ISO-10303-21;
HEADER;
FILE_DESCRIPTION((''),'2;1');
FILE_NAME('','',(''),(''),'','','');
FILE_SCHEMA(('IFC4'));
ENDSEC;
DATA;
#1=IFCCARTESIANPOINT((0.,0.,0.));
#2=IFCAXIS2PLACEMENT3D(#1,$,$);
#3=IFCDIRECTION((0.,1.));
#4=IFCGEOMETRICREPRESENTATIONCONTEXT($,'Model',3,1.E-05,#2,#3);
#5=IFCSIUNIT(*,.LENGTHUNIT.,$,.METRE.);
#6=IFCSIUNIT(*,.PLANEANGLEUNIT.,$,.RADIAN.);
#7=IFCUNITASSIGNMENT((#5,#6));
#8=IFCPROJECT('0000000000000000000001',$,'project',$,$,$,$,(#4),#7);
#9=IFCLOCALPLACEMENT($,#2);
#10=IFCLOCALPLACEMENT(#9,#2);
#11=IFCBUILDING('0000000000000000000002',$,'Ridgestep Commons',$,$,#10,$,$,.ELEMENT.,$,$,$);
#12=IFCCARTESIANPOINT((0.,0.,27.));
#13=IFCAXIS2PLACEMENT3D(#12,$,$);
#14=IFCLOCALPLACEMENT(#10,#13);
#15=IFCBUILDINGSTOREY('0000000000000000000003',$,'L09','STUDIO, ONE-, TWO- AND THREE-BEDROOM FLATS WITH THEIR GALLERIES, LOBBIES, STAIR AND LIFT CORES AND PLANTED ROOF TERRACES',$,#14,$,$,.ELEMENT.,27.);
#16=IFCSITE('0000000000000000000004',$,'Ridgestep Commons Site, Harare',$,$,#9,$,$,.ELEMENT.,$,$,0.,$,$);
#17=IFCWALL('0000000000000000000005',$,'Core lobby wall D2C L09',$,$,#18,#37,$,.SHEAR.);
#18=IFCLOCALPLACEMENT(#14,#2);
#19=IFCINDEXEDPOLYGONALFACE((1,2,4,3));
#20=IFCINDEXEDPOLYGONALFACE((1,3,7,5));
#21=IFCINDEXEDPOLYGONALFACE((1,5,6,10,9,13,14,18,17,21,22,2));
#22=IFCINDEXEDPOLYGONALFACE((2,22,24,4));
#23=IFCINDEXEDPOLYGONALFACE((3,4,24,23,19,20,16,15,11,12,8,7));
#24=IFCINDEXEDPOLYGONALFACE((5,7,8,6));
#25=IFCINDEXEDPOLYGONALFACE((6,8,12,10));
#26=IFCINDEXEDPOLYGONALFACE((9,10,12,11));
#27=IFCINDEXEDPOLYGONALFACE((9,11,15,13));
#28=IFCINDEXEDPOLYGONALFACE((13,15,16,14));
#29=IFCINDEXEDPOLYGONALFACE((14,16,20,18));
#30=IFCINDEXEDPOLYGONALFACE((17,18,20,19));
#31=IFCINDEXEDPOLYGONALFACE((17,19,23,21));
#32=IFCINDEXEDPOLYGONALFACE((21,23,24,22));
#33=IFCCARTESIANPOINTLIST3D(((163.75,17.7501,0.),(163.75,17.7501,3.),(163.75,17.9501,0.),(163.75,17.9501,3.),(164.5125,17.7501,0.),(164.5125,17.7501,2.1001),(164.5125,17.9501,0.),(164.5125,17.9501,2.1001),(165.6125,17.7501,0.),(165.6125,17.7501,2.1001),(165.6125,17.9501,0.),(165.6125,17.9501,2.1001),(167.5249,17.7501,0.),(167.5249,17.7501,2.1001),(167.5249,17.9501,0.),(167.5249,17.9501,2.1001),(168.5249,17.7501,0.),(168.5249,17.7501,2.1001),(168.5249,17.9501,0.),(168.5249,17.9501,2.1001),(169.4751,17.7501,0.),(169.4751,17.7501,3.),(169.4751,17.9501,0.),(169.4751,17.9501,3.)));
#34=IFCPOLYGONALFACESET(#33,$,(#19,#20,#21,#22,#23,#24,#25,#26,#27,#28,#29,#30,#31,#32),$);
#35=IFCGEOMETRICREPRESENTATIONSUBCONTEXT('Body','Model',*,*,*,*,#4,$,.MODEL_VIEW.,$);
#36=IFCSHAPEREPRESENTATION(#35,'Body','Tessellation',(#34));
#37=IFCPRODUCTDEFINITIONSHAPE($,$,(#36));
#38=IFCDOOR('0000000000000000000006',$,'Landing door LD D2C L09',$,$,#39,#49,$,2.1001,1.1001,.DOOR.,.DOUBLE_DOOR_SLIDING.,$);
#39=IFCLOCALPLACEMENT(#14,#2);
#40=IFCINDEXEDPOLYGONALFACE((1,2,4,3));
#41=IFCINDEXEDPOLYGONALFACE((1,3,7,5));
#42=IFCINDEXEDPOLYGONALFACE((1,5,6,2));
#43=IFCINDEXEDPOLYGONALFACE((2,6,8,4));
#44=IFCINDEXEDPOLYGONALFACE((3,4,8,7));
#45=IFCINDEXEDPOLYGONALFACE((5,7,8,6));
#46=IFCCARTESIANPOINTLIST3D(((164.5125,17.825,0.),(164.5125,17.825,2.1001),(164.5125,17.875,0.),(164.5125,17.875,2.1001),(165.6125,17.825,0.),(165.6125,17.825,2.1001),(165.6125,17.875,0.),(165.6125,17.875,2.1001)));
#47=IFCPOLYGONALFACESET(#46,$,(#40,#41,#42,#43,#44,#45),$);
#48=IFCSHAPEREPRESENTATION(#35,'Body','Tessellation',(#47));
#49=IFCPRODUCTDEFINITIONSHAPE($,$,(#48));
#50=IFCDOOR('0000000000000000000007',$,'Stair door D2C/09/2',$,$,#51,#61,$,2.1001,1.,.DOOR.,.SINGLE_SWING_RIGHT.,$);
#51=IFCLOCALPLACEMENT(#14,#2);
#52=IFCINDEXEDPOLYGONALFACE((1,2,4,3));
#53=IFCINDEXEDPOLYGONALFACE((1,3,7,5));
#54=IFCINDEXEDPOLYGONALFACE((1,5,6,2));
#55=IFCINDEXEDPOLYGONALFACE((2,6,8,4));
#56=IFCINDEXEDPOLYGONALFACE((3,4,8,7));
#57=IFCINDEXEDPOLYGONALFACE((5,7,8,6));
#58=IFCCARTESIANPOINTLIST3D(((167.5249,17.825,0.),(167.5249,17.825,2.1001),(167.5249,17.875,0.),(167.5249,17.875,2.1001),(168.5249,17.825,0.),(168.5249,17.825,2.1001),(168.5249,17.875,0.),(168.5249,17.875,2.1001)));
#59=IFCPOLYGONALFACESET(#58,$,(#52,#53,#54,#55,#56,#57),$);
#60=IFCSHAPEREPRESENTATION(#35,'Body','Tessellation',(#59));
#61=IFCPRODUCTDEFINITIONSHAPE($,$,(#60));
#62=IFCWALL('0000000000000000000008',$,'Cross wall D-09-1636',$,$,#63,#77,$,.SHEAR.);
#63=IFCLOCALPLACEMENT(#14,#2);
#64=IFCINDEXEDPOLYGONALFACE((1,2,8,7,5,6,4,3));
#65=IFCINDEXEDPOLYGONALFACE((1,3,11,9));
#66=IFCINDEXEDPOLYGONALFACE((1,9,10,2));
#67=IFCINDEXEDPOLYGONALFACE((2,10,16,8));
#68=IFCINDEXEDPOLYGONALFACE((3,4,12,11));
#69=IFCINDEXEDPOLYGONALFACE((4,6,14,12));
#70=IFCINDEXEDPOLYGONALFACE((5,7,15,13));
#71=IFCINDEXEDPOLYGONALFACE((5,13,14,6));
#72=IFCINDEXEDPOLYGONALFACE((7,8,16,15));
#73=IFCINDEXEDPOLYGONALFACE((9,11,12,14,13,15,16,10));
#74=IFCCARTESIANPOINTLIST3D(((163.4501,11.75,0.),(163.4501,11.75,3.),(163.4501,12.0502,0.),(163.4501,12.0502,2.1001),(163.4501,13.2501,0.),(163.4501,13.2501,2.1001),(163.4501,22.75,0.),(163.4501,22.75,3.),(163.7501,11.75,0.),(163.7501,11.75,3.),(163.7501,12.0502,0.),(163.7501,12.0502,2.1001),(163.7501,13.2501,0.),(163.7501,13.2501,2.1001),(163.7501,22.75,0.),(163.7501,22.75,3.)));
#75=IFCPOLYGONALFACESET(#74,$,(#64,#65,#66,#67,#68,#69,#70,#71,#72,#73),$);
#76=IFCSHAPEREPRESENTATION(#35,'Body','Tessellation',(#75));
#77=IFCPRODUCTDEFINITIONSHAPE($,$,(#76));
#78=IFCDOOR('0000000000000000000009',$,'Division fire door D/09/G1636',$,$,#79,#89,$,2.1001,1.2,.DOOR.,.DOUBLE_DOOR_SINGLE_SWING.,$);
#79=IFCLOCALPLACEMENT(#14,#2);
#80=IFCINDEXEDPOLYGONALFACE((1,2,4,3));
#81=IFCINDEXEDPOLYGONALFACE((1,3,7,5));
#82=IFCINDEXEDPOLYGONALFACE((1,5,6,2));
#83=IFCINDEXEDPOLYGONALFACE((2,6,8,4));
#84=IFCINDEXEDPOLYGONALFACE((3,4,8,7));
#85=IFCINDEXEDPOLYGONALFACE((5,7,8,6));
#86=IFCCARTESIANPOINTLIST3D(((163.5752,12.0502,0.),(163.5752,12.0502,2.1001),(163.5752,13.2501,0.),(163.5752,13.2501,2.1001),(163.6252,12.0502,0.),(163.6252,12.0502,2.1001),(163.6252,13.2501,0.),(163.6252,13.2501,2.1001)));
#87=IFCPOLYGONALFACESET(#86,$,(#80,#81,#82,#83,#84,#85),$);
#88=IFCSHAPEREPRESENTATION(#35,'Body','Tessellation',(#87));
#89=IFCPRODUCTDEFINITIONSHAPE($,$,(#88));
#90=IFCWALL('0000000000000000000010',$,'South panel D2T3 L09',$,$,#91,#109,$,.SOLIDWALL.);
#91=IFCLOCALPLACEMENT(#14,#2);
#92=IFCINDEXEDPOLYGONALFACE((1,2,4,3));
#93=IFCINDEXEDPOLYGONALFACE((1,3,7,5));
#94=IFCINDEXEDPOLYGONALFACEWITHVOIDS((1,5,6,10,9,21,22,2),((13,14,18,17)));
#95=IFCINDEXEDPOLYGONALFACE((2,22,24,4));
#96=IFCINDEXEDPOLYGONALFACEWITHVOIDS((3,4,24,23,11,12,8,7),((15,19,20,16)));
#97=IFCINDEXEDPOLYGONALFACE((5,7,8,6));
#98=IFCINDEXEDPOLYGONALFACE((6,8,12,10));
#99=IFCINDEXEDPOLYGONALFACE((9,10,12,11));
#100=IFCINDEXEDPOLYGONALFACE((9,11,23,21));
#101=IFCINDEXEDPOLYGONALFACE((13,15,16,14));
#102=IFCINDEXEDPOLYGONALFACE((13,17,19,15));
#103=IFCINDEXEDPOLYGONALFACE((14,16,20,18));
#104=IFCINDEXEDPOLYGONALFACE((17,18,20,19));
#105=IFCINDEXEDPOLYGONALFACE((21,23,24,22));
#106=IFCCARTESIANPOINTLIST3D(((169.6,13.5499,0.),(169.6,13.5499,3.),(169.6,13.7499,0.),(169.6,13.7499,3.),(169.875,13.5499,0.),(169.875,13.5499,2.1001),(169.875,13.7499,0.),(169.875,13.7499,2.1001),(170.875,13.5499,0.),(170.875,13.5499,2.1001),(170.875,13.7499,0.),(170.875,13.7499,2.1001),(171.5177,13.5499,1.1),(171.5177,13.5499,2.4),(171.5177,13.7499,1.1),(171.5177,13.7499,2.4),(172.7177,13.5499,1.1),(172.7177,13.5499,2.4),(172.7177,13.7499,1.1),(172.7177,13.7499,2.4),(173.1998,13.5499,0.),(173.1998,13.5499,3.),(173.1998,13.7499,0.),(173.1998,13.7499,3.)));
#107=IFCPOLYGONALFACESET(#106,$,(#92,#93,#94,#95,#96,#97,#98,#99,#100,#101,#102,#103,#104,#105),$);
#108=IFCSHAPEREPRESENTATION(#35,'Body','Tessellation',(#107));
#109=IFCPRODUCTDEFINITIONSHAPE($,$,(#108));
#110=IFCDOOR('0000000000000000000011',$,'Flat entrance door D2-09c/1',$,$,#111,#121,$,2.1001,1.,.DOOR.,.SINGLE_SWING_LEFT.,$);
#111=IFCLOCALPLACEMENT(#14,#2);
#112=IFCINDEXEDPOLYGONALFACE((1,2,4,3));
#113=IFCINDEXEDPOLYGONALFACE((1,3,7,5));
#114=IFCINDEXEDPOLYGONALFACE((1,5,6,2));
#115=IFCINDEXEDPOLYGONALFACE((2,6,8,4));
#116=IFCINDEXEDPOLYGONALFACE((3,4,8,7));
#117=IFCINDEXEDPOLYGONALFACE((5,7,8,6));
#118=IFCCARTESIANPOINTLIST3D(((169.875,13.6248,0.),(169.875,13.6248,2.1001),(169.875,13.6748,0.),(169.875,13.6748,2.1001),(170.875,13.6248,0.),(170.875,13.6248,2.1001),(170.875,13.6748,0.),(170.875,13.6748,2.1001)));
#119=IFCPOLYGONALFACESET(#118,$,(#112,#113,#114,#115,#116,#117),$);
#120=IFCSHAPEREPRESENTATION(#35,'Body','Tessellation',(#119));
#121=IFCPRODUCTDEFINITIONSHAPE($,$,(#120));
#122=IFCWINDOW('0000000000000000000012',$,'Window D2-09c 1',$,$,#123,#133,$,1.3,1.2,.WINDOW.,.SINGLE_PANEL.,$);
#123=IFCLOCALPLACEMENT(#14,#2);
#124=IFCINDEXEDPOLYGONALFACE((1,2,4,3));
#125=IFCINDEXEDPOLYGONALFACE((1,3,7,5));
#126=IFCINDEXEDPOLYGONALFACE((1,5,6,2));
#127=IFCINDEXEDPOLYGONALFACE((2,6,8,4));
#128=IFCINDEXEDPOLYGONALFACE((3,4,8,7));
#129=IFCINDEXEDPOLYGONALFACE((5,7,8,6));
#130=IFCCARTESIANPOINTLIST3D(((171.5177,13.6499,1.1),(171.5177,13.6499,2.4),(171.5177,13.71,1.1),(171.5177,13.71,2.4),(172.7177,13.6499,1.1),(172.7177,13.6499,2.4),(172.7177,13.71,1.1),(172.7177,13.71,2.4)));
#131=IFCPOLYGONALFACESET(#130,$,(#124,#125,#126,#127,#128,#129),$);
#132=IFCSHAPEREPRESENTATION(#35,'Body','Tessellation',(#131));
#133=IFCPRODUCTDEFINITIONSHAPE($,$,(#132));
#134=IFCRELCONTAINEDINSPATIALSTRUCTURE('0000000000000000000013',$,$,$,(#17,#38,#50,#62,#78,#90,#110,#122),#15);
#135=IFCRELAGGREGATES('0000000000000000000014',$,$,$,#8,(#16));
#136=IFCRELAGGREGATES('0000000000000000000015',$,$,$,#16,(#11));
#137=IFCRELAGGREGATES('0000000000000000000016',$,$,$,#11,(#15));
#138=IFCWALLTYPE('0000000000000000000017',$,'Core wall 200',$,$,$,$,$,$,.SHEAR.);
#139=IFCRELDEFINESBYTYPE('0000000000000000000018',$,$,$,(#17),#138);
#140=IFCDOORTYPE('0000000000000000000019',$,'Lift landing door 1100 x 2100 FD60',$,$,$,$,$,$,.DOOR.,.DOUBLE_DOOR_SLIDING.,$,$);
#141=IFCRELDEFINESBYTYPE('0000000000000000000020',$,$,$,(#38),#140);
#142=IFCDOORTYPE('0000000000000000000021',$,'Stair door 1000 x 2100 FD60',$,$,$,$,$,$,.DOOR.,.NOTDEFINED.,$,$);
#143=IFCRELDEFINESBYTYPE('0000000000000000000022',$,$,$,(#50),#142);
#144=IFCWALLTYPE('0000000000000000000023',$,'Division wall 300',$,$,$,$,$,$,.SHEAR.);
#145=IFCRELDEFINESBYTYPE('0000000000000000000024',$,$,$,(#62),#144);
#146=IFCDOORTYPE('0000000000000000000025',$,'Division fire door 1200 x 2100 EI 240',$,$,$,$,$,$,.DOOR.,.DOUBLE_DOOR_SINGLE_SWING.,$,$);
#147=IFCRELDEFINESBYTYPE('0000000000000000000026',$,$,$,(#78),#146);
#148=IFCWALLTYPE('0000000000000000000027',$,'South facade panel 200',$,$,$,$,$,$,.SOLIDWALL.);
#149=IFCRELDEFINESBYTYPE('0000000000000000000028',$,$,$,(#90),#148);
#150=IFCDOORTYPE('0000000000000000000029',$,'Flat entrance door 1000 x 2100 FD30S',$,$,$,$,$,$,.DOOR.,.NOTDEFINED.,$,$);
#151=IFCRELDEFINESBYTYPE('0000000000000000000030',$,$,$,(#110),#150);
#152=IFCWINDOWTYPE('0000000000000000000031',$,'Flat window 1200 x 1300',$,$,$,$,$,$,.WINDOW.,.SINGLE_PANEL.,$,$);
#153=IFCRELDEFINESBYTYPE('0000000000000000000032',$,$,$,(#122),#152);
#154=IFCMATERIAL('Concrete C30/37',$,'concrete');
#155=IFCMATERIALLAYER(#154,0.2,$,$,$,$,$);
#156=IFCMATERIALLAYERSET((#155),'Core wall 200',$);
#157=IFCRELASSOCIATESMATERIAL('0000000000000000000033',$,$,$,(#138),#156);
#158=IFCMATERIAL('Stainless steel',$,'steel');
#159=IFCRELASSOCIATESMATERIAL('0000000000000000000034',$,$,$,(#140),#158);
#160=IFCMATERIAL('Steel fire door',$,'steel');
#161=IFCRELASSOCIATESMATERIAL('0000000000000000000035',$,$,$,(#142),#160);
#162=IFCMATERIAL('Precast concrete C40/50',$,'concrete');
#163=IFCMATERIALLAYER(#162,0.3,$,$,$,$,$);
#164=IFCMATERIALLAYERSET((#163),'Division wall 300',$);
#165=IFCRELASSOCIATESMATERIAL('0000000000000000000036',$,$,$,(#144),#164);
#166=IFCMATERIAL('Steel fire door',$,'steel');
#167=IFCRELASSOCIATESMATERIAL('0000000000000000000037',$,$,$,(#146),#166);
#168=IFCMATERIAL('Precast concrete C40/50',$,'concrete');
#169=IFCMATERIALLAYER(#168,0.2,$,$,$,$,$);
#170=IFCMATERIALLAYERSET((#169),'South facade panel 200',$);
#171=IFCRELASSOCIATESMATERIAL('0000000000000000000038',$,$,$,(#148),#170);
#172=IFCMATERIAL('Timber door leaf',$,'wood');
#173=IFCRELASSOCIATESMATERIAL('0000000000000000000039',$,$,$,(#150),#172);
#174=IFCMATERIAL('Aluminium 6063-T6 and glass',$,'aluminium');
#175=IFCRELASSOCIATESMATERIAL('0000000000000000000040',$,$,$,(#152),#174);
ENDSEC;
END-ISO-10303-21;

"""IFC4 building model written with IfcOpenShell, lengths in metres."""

from ifc_helpers import new_model, si_unit, direction, frame, frame_2d, origin, place, context, subcontext, project, spatial, rectangle, extrude, material, layer, layer_set, type_object, element, fill, save


model = new_model("IFC4")

# Units and contexts
model_context = context("Model", 3, precision=1e-05, world=origin(), true_north=direction((0.0, 1.0)))
body_context = subcontext(model_context, "Body", "Model", "MODEL_VIEW")
ifc_project = project(units=[si_unit("LENGTHUNIT", "METRE"), si_unit("PLANEANGLEUNIT", "RADIAN")], contexts=[model_context])

# Site, building, storey
site_placement = place(None, origin())
site = spatial("IfcSite", under=ifc_project, at=site_placement, Name="Ridgestep Commons Site, Harare", CompositionType="ELEMENT", RefElevation=0.0)
building_placement = place(site_placement, origin())
building = spatial("IfcBuilding", under=site, at=building_placement, Name="Ridgestep Commons", CompositionType="ELEMENT")
storey_placement = place(building_placement, frame((0.0, 0.0, 27.0)))
storey = spatial("IfcBuildingStorey", under=building, at=storey_placement, Name="L09", Description="STUDIO, ONE-, TWO- AND THREE-BEDROOM FLATS WITH THEIR GALLERIES, LOBBIES, STAIR AND LIFT CORES AND PLANTED ROOF TERRACES", CompositionType="ELEMENT", Elevation=27.0)

# Wall, openings, doors
ifc_material_1 = material(Name="Concrete C30/37", Category="concrete")
ifc_layer_1 = layer(ifc_material_1, 0.2)
ifc_layer_set_1 = layer_set([ifc_layer_1], Name="Core wall 200")
wall_type_1 = type_object("IfcWallType", Name="Core wall 200", PredefinedType="SHEAR", material=ifc_layer_set_1)
wall_1_placement = place(storey_placement, frame((163.75, 17.8501, 0.0), z_axis=(0.0, 0.0, 1.0), x_axis=(1.0, 0.0, 0.0)))
wall_1 = element("IfcWall", 1, at=wall_1_placement, inside=storey, type_object=wall_type_1, Name="Core lobby wall D2C L09", PredefinedType="SHEAR", context=body_context, shape_type="SweptSolid", body=[
    extrude(rectangle(XDim=5.7251, YDim=0.2, at=frame_2d((2.8625, 0.0))), origin(), (0.0, 0.0, 1.0), 3.0),
])
opening_1_placement = place(wall_1_placement, frame((3.7749, 0.0, 0.0)))
opening_1 = element("IfcOpeningElement", 2, at=opening_1_placement, cuts=wall_1, PredefinedType="OPENING", context=body_context, shape_type="SweptSolid", body=[
    extrude(rectangle(XDim=1.0, YDim=2.1001, at=frame_2d((0.5, 1.05))), frame((0.0, 0.1099, 0.0), z_axis=(0.0, -1.0, 0.0), x_axis=(1.0, 0.0, 0.0)), (0.0, 0.0, 1.0), 0.22),
])
opening_2_placement = place(wall_1_placement, frame((0.7625, 0.0, 0.0)))
opening_2 = element("IfcOpeningElement", 3, at=opening_2_placement, cuts=wall_1, PredefinedType="OPENING", context=body_context, shape_type="SweptSolid", body=[
    extrude(rectangle(XDim=1.1001, YDim=2.1001, at=frame_2d((0.55, 1.05))), frame((0.0, 0.1099, 0.0), z_axis=(0.0, -1.0, 0.0), x_axis=(1.0, 0.0, 0.0)), (0.0, 0.0, 1.0), 0.22),
])
ifc_material_2 = material(Name="Stainless steel", Category="steel")
door_type_1 = type_object("IfcDoorType", Name="Lift landing door 1100 x 2100 FD60", OperationType="DOUBLE_DOOR_SLIDING", PredefinedType="DOOR", material=ifc_material_2)
door_1_placement = place(opening_2_placement, origin())
door_1 = element("IfcDoor", 4, at=door_1_placement, inside=storey, type_object=door_type_1, Name="Landing door LD D2C L09", OperationType="DOUBLE_DOOR_SLIDING", OverallHeight=2.1001, OverallWidth=1.1001, PredefinedType="DOOR", context=body_context, shape_type="SweptSolid", body=[
    extrude(rectangle(XDim=1.1001, YDim=2.1001, at=frame_2d((0.55, 1.05))), frame((0.0, 0.0249, 0.0), z_axis=(0.0, -1.0, 0.0), x_axis=(1.0, 0.0, 0.0)), (0.0, 0.0, 1.0), 0.05),
])
fill(opening_2, door_1)
ifc_material_3 = material(Name="Steel fire door", Category="steel")
door_type_2 = type_object("IfcDoorType", Name="Stair door 1000 x 2100 FD60", OperationType="NOTDEFINED", PredefinedType="DOOR", material=ifc_material_3)
door_2_placement = place(opening_1_placement, origin())
door_2 = element("IfcDoor", 5, at=door_2_placement, inside=storey, type_object=door_type_2, Name="Stair door D2C/09/2", OperationType="SINGLE_SWING_RIGHT", OverallHeight=2.1001, OverallWidth=1.0, PredefinedType="DOOR", context=body_context, shape_type="SweptSolid", body=[
    extrude(rectangle(XDim=1.0, YDim=2.1001, at=frame_2d((0.5, 1.05))), frame((0.0, 0.0249, 0.0), z_axis=(0.0, -1.0, 0.0), x_axis=(1.0, 0.0, 0.0)), (0.0, 0.0, 1.0), 0.05),
])
fill(opening_1, door_2)

# Wall, opening, door
ifc_material_4 = material(Name="Precast concrete C40/50", Category="concrete")
ifc_layer_2 = layer(ifc_material_4, 0.3)
ifc_layer_set_2 = layer_set([ifc_layer_2], Name="Division wall 300")
wall_type_2 = type_object("IfcWallType", Name="Division wall 300", PredefinedType="SHEAR", material=ifc_layer_set_2)
wall_2_placement = place(storey_placement, frame((163.6001, 11.75, 0.0), z_axis=(0.0, 0.0, 1.0), x_axis=(0.0, 1.0, 0.0)))
wall_2 = element("IfcWall", 6, at=wall_2_placement, inside=storey, type_object=wall_type_2, Name="Cross wall D-09-1636", PredefinedType="SHEAR", context=body_context, shape_type="SweptSolid", body=[
    extrude(rectangle(XDim=11.0, YDim=0.3, at=frame_2d((5.5, 0.0))), origin(), (0.0, 0.0, 1.0), 3.0),
])
opening_3_placement = place(wall_2_placement, frame((0.3, 0.0, 0.0)))
opening_3 = element("IfcOpeningElement", 7, at=opening_3_placement, cuts=wall_2, PredefinedType="OPENING", context=body_context, shape_type="SweptSolid", body=[
    extrude(rectangle(XDim=1.2, YDim=2.1001, at=frame_2d((0.6001, 1.05))), frame((0.0, 0.1599, 0.0), z_axis=(0.0, -1.0, 0.0), x_axis=(1.0, 0.0, 0.0)), (0.0, 0.0, 1.0), 0.3201),
])
ifc_material_5 = material(Name="Steel fire door", Category="steel")
door_type_3 = type_object("IfcDoorType", Name="Division fire door 1200 x 2100 EI 240", OperationType="DOUBLE_DOOR_SINGLE_SWING", PredefinedType="DOOR", material=ifc_material_5)
door_3_placement = place(opening_3_placement, origin())
door_3 = element("IfcDoor", 8, at=door_3_placement, inside=storey, type_object=door_type_3, Name="Division fire door D/09/G1636", OperationType="DOUBLE_DOOR_SINGLE_SWING", OverallHeight=2.1001, OverallWidth=1.2, PredefinedType="DOOR", context=body_context, shape_type="SweptSolid", body=[
    extrude(rectangle(XDim=1.2, YDim=2.1001, at=frame_2d((0.6001, 1.05))), frame((0.0, 0.0249, 0.0), z_axis=(0.0, -1.0, 0.0), x_axis=(1.0, 0.0, 0.0)), (0.0, 0.0, 1.0), 0.05),
])
fill(opening_3, door_3)

# Wall, openings, door, window
ifc_material_6 = material(Name="Precast concrete C40/50", Category="concrete")
ifc_layer_3 = layer(ifc_material_6, 0.2)
ifc_layer_set_3 = layer_set([ifc_layer_3], Name="South facade panel 200")
wall_type_3 = type_object("IfcWallType", Name="South facade panel 200", PredefinedType="SOLIDWALL", material=ifc_layer_set_3)
wall_3_placement = place(storey_placement, frame((169.6001, 13.6499, 0.0), z_axis=(0.0, 0.0, 1.0), x_axis=(1.0, 0.0, 0.0)))
wall_3 = element("IfcWall", 9, at=wall_3_placement, inside=storey, type_object=wall_type_3, Name="South panel D2T3 L09", PredefinedType="SOLIDWALL", context=body_context, shape_type="SweptSolid", body=[
    extrude(rectangle(XDim=3.5999, YDim=0.2, at=frame_2d((1.7998, 0.0))), origin(), (0.0, 0.0, 1.0), 3.0),
])
opening_4_placement = place(wall_3_placement, frame((1.9175, 0.0, 1.1001)))
opening_4 = element("IfcOpeningElement", 10, at=opening_4_placement, cuts=wall_3, PredefinedType="OPENING", context=body_context, shape_type="SweptSolid", body=[
    extrude(rectangle(XDim=1.2, YDim=1.3, at=frame_2d((0.6001, 0.6499))), frame((0.0, 0.1099, 0.0), z_axis=(0.0, -1.0, 0.0), x_axis=(1.0, 0.0, 0.0)), (0.0, 0.0, 1.0), 0.22),
])
opening_5_placement = place(wall_3_placement, frame((0.2749, 0.0, 0.0)))
opening_5 = element("IfcOpeningElement", 11, at=opening_5_placement, cuts=wall_3, PredefinedType="OPENING", context=body_context, shape_type="SweptSolid", body=[
    extrude(rectangle(XDim=1.0, YDim=2.1001, at=frame_2d((0.5, 1.05))), frame((0.0, 0.1099, 0.0), z_axis=(0.0, -1.0, 0.0), x_axis=(1.0, 0.0, 0.0)), (0.0, 0.0, 1.0), 0.22),
])
ifc_material_7 = material(Name="Timber door leaf", Category="wood")
door_type_4 = type_object("IfcDoorType", Name="Flat entrance door 1000 x 2100 FD30S", OperationType="NOTDEFINED", PredefinedType="DOOR", material=ifc_material_7)
door_4_placement = place(opening_5_placement, origin())
door_4 = element("IfcDoor", 12, at=door_4_placement, inside=storey, type_object=door_type_4, Name="Flat entrance door D2-09c/1", OperationType="SINGLE_SWING_LEFT", OverallHeight=2.1001, OverallWidth=1.0, PredefinedType="DOOR", context=body_context, shape_type="SweptSolid", body=[
    extrude(rectangle(XDim=1.0, YDim=2.1001, at=frame_2d((0.5, 1.05))), frame((0.0, 0.0249, 0.0), z_axis=(0.0, -1.0, 0.0), x_axis=(1.0, 0.0, 0.0)), (0.0, 0.0, 1.0), 0.05),
])
fill(opening_5, door_4)
ifc_material_8 = material(Name="Aluminium 6063-T6 and glass", Category="aluminium")
window_type = type_object("IfcWindowType", Name="Flat window 1200 x 1300", PartitioningType="SINGLE_PANEL", PredefinedType="WINDOW", material=ifc_material_8)
window_placement = place(opening_4_placement, origin())
window = element("IfcWindow", 13, at=window_placement, inside=storey, type_object=window_type, Name="Window D2-09c 1", OverallHeight=1.3, OverallWidth=1.2, PartitioningType="SINGLE_PANEL", PredefinedType="WINDOW", context=body_context, shape_type="SweptSolid", body=[
    extrude(rectangle(XDim=1.2, YDim=1.3, at=frame_2d((0.6001, 0.6499))), frame((0.0, 0.0601, 0.0), z_axis=(0.0, -1.0, 0.0), x_axis=(1.0, 0.0, 0.0)), (0.0, 0.0, 1.0), 0.0601),
])
fill(opening_4, window)

save(model, "model.ifc")
